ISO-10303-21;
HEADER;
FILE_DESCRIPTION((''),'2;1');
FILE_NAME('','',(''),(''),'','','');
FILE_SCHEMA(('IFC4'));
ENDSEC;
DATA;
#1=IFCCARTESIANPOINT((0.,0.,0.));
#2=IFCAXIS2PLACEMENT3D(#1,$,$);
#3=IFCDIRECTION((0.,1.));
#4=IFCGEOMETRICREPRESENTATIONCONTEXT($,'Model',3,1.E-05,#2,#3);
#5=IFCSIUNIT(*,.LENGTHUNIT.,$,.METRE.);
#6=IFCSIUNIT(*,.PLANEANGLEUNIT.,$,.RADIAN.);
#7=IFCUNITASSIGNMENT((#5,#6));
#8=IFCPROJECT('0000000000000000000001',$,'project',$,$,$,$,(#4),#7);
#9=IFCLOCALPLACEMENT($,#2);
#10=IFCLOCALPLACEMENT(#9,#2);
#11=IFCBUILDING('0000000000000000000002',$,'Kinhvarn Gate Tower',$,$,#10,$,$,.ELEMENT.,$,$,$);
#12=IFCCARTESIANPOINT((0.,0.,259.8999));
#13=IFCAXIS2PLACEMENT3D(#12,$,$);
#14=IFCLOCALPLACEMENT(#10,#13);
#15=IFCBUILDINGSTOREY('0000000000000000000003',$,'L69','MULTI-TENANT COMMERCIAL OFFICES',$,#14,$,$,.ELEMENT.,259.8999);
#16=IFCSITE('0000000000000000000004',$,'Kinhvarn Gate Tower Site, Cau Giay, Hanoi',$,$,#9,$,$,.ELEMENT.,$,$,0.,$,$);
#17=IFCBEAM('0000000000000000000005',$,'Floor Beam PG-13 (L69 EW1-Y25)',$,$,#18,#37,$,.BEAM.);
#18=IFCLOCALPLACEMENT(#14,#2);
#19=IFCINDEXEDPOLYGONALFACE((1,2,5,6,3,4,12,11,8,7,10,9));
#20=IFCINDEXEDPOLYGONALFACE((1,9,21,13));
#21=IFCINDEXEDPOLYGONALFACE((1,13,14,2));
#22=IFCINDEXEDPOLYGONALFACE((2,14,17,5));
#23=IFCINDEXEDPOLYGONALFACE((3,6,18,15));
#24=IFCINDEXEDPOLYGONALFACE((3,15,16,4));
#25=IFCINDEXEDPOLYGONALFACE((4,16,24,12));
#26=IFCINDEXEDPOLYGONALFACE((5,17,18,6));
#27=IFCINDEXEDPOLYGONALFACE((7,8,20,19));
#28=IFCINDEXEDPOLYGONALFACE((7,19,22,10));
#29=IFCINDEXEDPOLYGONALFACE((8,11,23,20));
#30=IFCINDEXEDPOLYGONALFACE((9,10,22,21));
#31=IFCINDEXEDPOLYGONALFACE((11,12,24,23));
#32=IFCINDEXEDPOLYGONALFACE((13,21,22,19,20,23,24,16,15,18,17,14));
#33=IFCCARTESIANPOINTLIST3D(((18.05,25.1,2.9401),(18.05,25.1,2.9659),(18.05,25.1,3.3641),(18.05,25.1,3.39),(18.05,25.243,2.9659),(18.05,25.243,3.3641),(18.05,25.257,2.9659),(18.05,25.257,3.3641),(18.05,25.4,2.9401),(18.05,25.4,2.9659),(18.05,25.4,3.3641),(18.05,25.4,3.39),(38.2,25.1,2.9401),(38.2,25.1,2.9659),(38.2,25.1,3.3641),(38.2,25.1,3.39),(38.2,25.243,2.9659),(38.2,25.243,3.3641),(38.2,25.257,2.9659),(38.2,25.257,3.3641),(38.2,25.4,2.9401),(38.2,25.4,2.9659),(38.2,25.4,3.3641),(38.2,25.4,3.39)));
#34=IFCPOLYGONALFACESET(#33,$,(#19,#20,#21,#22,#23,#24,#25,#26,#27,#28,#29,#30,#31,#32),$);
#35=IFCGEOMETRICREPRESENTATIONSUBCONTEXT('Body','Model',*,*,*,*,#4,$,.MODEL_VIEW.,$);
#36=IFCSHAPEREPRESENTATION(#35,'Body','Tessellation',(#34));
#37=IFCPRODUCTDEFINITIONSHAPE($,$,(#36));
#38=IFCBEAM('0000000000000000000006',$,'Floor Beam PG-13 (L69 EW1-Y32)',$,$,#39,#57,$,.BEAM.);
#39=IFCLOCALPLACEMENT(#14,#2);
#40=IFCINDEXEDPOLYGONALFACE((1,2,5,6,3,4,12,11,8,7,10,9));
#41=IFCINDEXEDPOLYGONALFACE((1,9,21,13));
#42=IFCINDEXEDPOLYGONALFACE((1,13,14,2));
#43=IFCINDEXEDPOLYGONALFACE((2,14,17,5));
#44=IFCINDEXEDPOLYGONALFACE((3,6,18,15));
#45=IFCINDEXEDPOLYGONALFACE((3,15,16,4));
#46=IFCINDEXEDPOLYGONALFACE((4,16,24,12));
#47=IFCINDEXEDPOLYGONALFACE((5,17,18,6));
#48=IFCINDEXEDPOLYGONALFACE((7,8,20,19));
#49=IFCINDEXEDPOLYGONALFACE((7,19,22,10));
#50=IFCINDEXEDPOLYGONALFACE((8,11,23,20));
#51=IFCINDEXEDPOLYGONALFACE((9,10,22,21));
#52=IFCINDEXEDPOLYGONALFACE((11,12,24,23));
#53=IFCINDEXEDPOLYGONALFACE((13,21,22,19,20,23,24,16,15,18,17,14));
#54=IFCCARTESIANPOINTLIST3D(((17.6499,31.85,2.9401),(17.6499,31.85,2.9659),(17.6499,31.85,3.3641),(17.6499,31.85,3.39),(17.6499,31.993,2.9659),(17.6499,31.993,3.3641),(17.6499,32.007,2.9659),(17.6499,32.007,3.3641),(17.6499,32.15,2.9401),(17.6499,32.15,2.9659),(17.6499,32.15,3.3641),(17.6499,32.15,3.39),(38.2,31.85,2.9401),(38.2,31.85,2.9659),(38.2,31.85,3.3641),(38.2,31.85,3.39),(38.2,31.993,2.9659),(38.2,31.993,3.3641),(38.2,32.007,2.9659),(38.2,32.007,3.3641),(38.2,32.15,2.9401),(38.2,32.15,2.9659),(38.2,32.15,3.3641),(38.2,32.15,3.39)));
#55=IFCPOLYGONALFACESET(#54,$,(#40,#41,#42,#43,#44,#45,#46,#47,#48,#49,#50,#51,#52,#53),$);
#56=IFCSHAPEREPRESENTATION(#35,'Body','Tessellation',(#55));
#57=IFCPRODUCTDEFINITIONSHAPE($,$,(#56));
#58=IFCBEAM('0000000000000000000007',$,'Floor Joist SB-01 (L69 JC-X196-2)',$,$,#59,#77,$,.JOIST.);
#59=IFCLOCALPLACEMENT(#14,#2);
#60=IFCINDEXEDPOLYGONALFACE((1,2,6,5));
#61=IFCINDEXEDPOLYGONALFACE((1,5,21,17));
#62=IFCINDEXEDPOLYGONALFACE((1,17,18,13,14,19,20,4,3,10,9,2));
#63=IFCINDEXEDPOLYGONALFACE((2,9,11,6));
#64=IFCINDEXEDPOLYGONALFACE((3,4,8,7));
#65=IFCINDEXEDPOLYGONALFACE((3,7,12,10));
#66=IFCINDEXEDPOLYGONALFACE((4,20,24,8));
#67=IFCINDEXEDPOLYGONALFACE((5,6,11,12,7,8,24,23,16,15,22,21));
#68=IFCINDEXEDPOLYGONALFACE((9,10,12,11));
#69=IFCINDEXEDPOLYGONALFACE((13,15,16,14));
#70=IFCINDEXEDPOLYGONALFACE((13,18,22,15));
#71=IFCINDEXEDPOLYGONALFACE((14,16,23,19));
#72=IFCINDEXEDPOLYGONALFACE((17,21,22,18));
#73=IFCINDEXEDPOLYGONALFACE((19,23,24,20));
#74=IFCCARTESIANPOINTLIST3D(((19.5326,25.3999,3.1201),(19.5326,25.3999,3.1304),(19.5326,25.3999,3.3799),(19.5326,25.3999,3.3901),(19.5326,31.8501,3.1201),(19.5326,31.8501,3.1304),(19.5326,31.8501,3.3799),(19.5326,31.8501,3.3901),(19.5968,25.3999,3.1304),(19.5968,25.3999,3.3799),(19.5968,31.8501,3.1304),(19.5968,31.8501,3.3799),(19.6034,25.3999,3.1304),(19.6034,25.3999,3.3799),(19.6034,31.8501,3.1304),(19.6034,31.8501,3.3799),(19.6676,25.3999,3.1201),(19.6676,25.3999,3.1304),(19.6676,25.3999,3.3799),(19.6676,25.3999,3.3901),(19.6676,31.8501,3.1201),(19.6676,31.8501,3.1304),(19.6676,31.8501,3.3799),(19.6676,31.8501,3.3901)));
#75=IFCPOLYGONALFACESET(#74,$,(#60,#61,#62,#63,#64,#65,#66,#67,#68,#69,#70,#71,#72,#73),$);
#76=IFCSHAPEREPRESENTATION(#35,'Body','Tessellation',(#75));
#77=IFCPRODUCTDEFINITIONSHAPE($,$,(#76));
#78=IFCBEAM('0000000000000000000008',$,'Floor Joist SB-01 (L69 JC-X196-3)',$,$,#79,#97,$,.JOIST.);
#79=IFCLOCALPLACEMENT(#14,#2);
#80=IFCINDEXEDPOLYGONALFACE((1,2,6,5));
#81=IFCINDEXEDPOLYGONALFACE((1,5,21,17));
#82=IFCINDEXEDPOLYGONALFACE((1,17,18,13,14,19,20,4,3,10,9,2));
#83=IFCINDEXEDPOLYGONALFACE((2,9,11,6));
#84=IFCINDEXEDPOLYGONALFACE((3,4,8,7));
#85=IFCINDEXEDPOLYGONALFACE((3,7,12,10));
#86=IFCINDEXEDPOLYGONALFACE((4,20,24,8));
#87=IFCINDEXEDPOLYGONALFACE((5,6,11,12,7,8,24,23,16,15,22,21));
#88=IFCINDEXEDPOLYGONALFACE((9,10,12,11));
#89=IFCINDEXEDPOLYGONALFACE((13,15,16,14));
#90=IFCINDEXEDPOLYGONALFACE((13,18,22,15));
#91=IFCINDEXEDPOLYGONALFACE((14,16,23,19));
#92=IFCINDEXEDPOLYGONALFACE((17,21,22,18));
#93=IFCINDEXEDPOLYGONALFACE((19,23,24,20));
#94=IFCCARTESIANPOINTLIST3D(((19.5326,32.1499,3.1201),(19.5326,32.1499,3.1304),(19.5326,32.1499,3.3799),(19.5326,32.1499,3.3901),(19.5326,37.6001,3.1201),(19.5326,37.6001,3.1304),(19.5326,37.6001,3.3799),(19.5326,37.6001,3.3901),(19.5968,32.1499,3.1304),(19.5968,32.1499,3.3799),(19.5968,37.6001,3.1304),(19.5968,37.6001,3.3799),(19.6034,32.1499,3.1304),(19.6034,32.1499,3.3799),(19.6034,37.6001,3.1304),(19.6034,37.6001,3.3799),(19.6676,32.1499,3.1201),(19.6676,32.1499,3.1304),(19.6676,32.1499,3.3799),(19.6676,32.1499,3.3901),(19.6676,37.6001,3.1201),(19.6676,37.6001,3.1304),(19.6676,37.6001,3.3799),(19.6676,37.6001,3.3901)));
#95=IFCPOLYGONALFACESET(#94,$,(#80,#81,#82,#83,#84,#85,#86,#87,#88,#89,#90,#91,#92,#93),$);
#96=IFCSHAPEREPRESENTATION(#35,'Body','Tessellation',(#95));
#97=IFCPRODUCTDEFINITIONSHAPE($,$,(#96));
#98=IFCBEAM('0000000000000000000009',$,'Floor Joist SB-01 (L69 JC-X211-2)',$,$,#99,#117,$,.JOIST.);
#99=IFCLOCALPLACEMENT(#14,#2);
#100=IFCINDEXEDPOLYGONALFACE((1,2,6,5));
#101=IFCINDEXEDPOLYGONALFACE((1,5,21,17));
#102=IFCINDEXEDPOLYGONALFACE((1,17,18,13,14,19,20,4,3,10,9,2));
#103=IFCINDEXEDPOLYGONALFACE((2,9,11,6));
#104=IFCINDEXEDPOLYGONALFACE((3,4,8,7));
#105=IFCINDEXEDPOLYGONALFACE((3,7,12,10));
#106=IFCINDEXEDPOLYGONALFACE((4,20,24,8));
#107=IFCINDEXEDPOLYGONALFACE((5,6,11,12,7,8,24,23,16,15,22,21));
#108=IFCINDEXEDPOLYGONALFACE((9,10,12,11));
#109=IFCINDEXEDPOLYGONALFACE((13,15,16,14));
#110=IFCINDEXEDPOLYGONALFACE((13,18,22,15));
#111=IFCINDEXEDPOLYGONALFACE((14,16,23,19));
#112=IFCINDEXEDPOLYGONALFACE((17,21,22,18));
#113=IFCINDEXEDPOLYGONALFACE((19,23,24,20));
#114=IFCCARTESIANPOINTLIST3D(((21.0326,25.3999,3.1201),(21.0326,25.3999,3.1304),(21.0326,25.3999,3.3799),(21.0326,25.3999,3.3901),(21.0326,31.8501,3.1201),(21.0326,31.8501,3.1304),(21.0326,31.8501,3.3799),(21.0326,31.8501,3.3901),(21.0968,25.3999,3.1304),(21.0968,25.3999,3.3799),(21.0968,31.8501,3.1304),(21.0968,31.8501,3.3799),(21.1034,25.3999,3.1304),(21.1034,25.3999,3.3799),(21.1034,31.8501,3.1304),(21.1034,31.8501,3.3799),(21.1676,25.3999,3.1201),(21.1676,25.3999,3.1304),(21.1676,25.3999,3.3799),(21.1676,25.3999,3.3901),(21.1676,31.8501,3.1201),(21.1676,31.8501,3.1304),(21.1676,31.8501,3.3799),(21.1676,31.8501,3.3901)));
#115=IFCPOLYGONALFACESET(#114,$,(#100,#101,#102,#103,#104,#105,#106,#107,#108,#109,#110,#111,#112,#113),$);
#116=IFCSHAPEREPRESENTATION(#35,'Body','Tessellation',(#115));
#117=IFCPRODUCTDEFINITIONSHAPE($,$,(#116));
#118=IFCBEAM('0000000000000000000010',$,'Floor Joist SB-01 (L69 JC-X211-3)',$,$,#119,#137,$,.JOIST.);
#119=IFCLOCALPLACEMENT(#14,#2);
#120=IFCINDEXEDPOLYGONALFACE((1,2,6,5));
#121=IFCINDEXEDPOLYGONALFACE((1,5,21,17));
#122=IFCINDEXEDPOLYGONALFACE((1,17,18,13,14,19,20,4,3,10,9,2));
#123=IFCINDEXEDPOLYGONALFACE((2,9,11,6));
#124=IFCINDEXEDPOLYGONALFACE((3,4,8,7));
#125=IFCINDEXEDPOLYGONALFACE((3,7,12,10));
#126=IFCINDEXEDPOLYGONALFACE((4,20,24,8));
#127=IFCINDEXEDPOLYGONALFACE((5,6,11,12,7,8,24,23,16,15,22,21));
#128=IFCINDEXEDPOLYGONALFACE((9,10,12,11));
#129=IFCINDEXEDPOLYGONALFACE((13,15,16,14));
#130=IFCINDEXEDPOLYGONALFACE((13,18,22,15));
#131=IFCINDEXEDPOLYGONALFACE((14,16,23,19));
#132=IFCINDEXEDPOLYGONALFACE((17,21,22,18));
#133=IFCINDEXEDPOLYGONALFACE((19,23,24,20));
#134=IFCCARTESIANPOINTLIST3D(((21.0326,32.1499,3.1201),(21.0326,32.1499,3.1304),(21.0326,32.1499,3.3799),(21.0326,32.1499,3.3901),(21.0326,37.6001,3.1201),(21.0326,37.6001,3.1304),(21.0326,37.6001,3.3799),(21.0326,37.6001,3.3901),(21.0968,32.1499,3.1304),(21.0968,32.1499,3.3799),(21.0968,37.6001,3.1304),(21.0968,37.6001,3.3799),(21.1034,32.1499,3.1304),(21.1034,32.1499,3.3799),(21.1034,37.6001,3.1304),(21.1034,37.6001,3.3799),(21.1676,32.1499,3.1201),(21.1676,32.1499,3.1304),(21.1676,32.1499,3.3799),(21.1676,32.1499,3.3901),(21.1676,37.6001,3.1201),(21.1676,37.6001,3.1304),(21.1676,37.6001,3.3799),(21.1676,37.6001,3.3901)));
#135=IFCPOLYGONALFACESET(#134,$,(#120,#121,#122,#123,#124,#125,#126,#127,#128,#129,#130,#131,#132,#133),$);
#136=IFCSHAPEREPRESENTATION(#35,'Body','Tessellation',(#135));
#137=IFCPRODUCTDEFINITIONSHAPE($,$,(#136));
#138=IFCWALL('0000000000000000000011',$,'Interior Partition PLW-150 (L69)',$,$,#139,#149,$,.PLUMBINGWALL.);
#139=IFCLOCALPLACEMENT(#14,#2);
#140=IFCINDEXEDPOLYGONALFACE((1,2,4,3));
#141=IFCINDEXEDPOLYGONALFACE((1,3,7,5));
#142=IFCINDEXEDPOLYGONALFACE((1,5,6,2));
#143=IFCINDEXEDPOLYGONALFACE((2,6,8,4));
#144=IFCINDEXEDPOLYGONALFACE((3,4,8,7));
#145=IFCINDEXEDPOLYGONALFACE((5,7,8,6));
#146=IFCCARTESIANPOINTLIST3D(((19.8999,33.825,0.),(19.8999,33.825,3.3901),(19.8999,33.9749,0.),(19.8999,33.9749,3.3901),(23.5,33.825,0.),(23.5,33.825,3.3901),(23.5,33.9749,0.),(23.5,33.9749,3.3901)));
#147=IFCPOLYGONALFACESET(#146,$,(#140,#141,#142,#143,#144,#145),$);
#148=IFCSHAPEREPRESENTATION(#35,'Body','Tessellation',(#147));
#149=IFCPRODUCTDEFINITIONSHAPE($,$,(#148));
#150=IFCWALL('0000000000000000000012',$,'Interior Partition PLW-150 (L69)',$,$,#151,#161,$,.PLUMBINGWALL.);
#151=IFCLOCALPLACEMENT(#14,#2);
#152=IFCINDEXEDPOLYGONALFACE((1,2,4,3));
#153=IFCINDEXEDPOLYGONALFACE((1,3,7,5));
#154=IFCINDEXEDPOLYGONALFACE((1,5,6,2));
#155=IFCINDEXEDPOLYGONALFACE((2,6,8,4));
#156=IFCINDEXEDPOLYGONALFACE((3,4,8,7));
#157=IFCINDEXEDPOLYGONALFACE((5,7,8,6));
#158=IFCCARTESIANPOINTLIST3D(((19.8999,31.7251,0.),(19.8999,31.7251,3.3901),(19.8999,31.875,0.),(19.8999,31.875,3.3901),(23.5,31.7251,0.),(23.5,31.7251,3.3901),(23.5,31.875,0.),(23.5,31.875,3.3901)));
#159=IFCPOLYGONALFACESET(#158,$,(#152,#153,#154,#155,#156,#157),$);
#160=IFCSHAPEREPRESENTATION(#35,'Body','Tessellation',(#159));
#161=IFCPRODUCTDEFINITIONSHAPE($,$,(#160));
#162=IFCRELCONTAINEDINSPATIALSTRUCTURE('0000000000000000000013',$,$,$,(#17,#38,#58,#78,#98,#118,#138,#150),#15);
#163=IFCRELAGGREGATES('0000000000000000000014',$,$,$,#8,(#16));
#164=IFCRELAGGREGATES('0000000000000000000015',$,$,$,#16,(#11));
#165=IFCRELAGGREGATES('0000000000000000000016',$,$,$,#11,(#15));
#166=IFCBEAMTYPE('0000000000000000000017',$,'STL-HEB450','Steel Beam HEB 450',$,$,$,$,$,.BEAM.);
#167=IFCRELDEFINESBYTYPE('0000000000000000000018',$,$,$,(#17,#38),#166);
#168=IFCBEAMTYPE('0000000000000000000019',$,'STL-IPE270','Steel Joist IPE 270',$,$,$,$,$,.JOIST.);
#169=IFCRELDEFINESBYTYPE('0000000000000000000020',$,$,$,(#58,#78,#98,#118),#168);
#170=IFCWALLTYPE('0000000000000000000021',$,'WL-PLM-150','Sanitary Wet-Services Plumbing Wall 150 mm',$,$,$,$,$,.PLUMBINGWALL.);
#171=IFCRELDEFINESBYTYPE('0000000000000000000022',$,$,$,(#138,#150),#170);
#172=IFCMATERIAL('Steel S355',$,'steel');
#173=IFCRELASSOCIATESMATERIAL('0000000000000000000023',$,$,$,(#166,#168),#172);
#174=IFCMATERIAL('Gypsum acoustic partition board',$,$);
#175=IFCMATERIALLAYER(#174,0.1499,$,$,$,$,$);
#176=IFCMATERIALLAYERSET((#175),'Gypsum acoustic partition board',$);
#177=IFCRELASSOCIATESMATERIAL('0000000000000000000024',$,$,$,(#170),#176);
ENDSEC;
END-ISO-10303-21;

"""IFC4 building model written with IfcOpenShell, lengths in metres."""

from ifc_helpers import new_model, si_unit, direction, frame, frame_2d, origin, origin_2d, place, context, subcontext, project, spatial, rectangle, i_section, extrude, material, layer, layer_set, material_profile, profile_set, type_object, element, save


model = new_model("IFC4")

# Units and contexts
model_context = context("Model", 3, precision=1e-05, world=origin(), true_north=direction((0.0, 1.0)))
body_context = subcontext(model_context, "Body", "Model", "MODEL_VIEW")
ifc_project = project(units=[si_unit("LENGTHUNIT", "METRE"), si_unit("PLANEANGLEUNIT", "RADIAN")], contexts=[model_context])

# Site, building, storey
site_placement = place(None, origin())
site = spatial("IfcSite", under=ifc_project, at=site_placement, Name="Kinhvarn Gate Tower Site, Cau Giay, Hanoi", CompositionType="ELEMENT", RefElevation=0.0)
building_placement = place(site_placement, origin())
building = spatial("IfcBuilding", under=site, at=building_placement, Name="Kinhvarn Gate Tower", CompositionType="ELEMENT")
storey_placement = place(building_placement, frame((0.0, 0.0, 259.8999)))
storey = spatial("IfcBuildingStorey", under=building, at=storey_placement, Name="L69", Description="MULTI-TENANT COMMERCIAL OFFICES", CompositionType="ELEMENT", Elevation=259.8999)

# Beams
ifc_material_1 = material(Name="Steel S355", Category="steel")
ifc_material_profile_1 = material_profile(ifc_material_1, i_section(OverallWidth=0.3, OverallDepth=0.45, WebThickness=0.0139, FlangeThickness=0.0259, at=origin_2d()), Name="HEB 450")
ifc_profile_set_1 = profile_set([ifc_material_profile_1], Name="Steel S355")
beam_type_1 = type_object("IfcBeamType", Name="STL-HEB450", Description="Steel Beam HEB 450", PredefinedType="BEAM", material=ifc_profile_set_1)
beam_1_placement = place(storey_placement, frame((18.05, 25.25, 3.165), z_axis=(1.0, 0.0, 0.0), x_axis=(0.0, 1.0, 0.0)))
element("IfcBeam", 1, at=beam_1_placement, inside=storey, type_object=beam_type_1, Name="Floor Beam PG-13 (L69 EW1-Y25)", PredefinedType="BEAM", context=body_context, shape_type="SweptSolid", body=[
    extrude(i_section(OverallWidth=0.3, OverallDepth=0.45, WebThickness=0.0139, FlangeThickness=0.0259, at=origin_2d()), origin(), (0.0, 0.0, 1.0), 20.1499),
])
beam_2_placement = place(storey_placement, frame((17.6499, 32.0, 3.165), z_axis=(1.0, 0.0, 0.0), x_axis=(0.0, 1.0, 0.0)))
element("IfcBeam", 2, at=beam_2_placement, inside=storey, type_object=beam_type_1, Name="Floor Beam PG-13 (L69 EW1-Y32)", PredefinedType="BEAM", context=body_context, shape_type="SweptSolid", body=[
    extrude(i_section(OverallWidth=0.3, OverallDepth=0.45, WebThickness=0.0139, FlangeThickness=0.0259, at=origin_2d()), origin(), (0.0, 0.0, 1.0), 20.55),
])
ifc_material_profile_2 = material_profile(ifc_material_1, i_section(OverallWidth=0.135, OverallDepth=0.27, WebThickness=0.0066, FlangeThickness=0.0103, at=origin_2d()), Name="IPE 270")
ifc_profile_set_2 = profile_set([ifc_material_profile_2], Name="Steel S355")
beam_type_2 = type_object("IfcBeamType", Name="STL-IPE270", Description="Steel Joist IPE 270", PredefinedType="JOIST", material=ifc_profile_set_2)
beam_3_placement = place(storey_placement, frame((19.6001, 25.3999, 3.2551), z_axis=(0.0, 1.0, 0.0), x_axis=(-1.0, 0.0, 0.0)))
element("IfcBeam", 3, at=beam_3_placement, inside=storey, type_object=beam_type_2, Name="Floor Joist SB-01 (L69 JC-X196-2)", PredefinedType="JOIST", context=body_context, shape_type="SweptSolid", body=[
    extrude(i_section(OverallWidth=0.135, OverallDepth=0.27, WebThickness=0.0066, FlangeThickness=0.0103, at=origin_2d()), origin(), (0.0, 0.0, 1.0), 6.4502),
])
beam_4_placement = place(storey_placement, frame((19.6001, 32.1499, 3.2551), z_axis=(0.0, 1.0, 0.0), x_axis=(-1.0, 0.0, 0.0)))
element("IfcBeam", 4, at=beam_4_placement, inside=storey, type_object=beam_type_2, Name="Floor Joist SB-01 (L69 JC-X196-3)", PredefinedType="JOIST", context=body_context, shape_type="SweptSolid", body=[
    extrude(i_section(OverallWidth=0.135, OverallDepth=0.27, WebThickness=0.0066, FlangeThickness=0.0103, at=origin_2d()), origin(), (0.0, 0.0, 1.0), 5.4502),
])
beam_5_placement = place(storey_placement, frame((21.1001, 25.3999, 3.2551), z_axis=(0.0, 1.0, 0.0), x_axis=(-1.0, 0.0, 0.0)))
element("IfcBeam", 5, at=beam_5_placement, inside=storey, type_object=beam_type_2, Name="Floor Joist SB-01 (L69 JC-X211-2)", PredefinedType="JOIST", context=body_context, shape_type="SweptSolid", body=[
    extrude(i_section(OverallWidth=0.135, OverallDepth=0.27, WebThickness=0.0066, FlangeThickness=0.0103, at=origin_2d()), origin(), (0.0, 0.0, 1.0), 6.4502),
])
beam_6_placement = place(storey_placement, frame((21.1001, 32.1499, 3.2551), z_axis=(0.0, 1.0, 0.0), x_axis=(-1.0, 0.0, 0.0)))
element("IfcBeam", 6, at=beam_6_placement, inside=storey, type_object=beam_type_2, Name="Floor Joist SB-01 (L69 JC-X211-3)", PredefinedType="JOIST", context=body_context, shape_type="SweptSolid", body=[
    extrude(i_section(OverallWidth=0.135, OverallDepth=0.27, WebThickness=0.0066, FlangeThickness=0.0103, at=origin_2d()), origin(), (0.0, 0.0, 1.0), 5.4502),
])

# Walls
ifc_material_2 = material(Name="Gypsum acoustic partition board")
ifc_layer_1 = layer(ifc_material_2, 0.1499)
ifc_layer_set_1 = layer_set([ifc_layer_1], Name="Gypsum acoustic partition board")
wall_type_1 = type_object("IfcWallType", Name="WL-PLM-150", Description="Sanitary Wet-Services Plumbing Wall 150 mm", PredefinedType="PLUMBINGWALL", material=ifc_layer_set_1)
for number, where, z_axis, x_axis, name in (
    (7, (19.8999, 33.8999, 0.0), (0.0, 0.0, 1.0), (1.0, 0.0, 0.0), "Interior Partition PLW-150 (L69)"),
    (8, (19.8999, 31.8, 0.0), (0.0, 0.0, 1.0), (1.0, 0.0, 0.0), "Interior Partition PLW-150 (L69)"),
):
    element("IfcWall", number, at=place(storey_placement, frame(where, z_axis=z_axis, x_axis=x_axis)), inside=storey, type_object=wall_type_1, Name=name, PredefinedType="PLUMBINGWALL", context=body_context, shape_type="SweptSolid", body=[
        extrude(rectangle(XDim=3.6001, YDim=0.1499, at=frame_2d((1.8, 0.0))), origin(), (0.0, 0.0, 1.0), 3.3901),
    ])

save(model, "model.ifc")
